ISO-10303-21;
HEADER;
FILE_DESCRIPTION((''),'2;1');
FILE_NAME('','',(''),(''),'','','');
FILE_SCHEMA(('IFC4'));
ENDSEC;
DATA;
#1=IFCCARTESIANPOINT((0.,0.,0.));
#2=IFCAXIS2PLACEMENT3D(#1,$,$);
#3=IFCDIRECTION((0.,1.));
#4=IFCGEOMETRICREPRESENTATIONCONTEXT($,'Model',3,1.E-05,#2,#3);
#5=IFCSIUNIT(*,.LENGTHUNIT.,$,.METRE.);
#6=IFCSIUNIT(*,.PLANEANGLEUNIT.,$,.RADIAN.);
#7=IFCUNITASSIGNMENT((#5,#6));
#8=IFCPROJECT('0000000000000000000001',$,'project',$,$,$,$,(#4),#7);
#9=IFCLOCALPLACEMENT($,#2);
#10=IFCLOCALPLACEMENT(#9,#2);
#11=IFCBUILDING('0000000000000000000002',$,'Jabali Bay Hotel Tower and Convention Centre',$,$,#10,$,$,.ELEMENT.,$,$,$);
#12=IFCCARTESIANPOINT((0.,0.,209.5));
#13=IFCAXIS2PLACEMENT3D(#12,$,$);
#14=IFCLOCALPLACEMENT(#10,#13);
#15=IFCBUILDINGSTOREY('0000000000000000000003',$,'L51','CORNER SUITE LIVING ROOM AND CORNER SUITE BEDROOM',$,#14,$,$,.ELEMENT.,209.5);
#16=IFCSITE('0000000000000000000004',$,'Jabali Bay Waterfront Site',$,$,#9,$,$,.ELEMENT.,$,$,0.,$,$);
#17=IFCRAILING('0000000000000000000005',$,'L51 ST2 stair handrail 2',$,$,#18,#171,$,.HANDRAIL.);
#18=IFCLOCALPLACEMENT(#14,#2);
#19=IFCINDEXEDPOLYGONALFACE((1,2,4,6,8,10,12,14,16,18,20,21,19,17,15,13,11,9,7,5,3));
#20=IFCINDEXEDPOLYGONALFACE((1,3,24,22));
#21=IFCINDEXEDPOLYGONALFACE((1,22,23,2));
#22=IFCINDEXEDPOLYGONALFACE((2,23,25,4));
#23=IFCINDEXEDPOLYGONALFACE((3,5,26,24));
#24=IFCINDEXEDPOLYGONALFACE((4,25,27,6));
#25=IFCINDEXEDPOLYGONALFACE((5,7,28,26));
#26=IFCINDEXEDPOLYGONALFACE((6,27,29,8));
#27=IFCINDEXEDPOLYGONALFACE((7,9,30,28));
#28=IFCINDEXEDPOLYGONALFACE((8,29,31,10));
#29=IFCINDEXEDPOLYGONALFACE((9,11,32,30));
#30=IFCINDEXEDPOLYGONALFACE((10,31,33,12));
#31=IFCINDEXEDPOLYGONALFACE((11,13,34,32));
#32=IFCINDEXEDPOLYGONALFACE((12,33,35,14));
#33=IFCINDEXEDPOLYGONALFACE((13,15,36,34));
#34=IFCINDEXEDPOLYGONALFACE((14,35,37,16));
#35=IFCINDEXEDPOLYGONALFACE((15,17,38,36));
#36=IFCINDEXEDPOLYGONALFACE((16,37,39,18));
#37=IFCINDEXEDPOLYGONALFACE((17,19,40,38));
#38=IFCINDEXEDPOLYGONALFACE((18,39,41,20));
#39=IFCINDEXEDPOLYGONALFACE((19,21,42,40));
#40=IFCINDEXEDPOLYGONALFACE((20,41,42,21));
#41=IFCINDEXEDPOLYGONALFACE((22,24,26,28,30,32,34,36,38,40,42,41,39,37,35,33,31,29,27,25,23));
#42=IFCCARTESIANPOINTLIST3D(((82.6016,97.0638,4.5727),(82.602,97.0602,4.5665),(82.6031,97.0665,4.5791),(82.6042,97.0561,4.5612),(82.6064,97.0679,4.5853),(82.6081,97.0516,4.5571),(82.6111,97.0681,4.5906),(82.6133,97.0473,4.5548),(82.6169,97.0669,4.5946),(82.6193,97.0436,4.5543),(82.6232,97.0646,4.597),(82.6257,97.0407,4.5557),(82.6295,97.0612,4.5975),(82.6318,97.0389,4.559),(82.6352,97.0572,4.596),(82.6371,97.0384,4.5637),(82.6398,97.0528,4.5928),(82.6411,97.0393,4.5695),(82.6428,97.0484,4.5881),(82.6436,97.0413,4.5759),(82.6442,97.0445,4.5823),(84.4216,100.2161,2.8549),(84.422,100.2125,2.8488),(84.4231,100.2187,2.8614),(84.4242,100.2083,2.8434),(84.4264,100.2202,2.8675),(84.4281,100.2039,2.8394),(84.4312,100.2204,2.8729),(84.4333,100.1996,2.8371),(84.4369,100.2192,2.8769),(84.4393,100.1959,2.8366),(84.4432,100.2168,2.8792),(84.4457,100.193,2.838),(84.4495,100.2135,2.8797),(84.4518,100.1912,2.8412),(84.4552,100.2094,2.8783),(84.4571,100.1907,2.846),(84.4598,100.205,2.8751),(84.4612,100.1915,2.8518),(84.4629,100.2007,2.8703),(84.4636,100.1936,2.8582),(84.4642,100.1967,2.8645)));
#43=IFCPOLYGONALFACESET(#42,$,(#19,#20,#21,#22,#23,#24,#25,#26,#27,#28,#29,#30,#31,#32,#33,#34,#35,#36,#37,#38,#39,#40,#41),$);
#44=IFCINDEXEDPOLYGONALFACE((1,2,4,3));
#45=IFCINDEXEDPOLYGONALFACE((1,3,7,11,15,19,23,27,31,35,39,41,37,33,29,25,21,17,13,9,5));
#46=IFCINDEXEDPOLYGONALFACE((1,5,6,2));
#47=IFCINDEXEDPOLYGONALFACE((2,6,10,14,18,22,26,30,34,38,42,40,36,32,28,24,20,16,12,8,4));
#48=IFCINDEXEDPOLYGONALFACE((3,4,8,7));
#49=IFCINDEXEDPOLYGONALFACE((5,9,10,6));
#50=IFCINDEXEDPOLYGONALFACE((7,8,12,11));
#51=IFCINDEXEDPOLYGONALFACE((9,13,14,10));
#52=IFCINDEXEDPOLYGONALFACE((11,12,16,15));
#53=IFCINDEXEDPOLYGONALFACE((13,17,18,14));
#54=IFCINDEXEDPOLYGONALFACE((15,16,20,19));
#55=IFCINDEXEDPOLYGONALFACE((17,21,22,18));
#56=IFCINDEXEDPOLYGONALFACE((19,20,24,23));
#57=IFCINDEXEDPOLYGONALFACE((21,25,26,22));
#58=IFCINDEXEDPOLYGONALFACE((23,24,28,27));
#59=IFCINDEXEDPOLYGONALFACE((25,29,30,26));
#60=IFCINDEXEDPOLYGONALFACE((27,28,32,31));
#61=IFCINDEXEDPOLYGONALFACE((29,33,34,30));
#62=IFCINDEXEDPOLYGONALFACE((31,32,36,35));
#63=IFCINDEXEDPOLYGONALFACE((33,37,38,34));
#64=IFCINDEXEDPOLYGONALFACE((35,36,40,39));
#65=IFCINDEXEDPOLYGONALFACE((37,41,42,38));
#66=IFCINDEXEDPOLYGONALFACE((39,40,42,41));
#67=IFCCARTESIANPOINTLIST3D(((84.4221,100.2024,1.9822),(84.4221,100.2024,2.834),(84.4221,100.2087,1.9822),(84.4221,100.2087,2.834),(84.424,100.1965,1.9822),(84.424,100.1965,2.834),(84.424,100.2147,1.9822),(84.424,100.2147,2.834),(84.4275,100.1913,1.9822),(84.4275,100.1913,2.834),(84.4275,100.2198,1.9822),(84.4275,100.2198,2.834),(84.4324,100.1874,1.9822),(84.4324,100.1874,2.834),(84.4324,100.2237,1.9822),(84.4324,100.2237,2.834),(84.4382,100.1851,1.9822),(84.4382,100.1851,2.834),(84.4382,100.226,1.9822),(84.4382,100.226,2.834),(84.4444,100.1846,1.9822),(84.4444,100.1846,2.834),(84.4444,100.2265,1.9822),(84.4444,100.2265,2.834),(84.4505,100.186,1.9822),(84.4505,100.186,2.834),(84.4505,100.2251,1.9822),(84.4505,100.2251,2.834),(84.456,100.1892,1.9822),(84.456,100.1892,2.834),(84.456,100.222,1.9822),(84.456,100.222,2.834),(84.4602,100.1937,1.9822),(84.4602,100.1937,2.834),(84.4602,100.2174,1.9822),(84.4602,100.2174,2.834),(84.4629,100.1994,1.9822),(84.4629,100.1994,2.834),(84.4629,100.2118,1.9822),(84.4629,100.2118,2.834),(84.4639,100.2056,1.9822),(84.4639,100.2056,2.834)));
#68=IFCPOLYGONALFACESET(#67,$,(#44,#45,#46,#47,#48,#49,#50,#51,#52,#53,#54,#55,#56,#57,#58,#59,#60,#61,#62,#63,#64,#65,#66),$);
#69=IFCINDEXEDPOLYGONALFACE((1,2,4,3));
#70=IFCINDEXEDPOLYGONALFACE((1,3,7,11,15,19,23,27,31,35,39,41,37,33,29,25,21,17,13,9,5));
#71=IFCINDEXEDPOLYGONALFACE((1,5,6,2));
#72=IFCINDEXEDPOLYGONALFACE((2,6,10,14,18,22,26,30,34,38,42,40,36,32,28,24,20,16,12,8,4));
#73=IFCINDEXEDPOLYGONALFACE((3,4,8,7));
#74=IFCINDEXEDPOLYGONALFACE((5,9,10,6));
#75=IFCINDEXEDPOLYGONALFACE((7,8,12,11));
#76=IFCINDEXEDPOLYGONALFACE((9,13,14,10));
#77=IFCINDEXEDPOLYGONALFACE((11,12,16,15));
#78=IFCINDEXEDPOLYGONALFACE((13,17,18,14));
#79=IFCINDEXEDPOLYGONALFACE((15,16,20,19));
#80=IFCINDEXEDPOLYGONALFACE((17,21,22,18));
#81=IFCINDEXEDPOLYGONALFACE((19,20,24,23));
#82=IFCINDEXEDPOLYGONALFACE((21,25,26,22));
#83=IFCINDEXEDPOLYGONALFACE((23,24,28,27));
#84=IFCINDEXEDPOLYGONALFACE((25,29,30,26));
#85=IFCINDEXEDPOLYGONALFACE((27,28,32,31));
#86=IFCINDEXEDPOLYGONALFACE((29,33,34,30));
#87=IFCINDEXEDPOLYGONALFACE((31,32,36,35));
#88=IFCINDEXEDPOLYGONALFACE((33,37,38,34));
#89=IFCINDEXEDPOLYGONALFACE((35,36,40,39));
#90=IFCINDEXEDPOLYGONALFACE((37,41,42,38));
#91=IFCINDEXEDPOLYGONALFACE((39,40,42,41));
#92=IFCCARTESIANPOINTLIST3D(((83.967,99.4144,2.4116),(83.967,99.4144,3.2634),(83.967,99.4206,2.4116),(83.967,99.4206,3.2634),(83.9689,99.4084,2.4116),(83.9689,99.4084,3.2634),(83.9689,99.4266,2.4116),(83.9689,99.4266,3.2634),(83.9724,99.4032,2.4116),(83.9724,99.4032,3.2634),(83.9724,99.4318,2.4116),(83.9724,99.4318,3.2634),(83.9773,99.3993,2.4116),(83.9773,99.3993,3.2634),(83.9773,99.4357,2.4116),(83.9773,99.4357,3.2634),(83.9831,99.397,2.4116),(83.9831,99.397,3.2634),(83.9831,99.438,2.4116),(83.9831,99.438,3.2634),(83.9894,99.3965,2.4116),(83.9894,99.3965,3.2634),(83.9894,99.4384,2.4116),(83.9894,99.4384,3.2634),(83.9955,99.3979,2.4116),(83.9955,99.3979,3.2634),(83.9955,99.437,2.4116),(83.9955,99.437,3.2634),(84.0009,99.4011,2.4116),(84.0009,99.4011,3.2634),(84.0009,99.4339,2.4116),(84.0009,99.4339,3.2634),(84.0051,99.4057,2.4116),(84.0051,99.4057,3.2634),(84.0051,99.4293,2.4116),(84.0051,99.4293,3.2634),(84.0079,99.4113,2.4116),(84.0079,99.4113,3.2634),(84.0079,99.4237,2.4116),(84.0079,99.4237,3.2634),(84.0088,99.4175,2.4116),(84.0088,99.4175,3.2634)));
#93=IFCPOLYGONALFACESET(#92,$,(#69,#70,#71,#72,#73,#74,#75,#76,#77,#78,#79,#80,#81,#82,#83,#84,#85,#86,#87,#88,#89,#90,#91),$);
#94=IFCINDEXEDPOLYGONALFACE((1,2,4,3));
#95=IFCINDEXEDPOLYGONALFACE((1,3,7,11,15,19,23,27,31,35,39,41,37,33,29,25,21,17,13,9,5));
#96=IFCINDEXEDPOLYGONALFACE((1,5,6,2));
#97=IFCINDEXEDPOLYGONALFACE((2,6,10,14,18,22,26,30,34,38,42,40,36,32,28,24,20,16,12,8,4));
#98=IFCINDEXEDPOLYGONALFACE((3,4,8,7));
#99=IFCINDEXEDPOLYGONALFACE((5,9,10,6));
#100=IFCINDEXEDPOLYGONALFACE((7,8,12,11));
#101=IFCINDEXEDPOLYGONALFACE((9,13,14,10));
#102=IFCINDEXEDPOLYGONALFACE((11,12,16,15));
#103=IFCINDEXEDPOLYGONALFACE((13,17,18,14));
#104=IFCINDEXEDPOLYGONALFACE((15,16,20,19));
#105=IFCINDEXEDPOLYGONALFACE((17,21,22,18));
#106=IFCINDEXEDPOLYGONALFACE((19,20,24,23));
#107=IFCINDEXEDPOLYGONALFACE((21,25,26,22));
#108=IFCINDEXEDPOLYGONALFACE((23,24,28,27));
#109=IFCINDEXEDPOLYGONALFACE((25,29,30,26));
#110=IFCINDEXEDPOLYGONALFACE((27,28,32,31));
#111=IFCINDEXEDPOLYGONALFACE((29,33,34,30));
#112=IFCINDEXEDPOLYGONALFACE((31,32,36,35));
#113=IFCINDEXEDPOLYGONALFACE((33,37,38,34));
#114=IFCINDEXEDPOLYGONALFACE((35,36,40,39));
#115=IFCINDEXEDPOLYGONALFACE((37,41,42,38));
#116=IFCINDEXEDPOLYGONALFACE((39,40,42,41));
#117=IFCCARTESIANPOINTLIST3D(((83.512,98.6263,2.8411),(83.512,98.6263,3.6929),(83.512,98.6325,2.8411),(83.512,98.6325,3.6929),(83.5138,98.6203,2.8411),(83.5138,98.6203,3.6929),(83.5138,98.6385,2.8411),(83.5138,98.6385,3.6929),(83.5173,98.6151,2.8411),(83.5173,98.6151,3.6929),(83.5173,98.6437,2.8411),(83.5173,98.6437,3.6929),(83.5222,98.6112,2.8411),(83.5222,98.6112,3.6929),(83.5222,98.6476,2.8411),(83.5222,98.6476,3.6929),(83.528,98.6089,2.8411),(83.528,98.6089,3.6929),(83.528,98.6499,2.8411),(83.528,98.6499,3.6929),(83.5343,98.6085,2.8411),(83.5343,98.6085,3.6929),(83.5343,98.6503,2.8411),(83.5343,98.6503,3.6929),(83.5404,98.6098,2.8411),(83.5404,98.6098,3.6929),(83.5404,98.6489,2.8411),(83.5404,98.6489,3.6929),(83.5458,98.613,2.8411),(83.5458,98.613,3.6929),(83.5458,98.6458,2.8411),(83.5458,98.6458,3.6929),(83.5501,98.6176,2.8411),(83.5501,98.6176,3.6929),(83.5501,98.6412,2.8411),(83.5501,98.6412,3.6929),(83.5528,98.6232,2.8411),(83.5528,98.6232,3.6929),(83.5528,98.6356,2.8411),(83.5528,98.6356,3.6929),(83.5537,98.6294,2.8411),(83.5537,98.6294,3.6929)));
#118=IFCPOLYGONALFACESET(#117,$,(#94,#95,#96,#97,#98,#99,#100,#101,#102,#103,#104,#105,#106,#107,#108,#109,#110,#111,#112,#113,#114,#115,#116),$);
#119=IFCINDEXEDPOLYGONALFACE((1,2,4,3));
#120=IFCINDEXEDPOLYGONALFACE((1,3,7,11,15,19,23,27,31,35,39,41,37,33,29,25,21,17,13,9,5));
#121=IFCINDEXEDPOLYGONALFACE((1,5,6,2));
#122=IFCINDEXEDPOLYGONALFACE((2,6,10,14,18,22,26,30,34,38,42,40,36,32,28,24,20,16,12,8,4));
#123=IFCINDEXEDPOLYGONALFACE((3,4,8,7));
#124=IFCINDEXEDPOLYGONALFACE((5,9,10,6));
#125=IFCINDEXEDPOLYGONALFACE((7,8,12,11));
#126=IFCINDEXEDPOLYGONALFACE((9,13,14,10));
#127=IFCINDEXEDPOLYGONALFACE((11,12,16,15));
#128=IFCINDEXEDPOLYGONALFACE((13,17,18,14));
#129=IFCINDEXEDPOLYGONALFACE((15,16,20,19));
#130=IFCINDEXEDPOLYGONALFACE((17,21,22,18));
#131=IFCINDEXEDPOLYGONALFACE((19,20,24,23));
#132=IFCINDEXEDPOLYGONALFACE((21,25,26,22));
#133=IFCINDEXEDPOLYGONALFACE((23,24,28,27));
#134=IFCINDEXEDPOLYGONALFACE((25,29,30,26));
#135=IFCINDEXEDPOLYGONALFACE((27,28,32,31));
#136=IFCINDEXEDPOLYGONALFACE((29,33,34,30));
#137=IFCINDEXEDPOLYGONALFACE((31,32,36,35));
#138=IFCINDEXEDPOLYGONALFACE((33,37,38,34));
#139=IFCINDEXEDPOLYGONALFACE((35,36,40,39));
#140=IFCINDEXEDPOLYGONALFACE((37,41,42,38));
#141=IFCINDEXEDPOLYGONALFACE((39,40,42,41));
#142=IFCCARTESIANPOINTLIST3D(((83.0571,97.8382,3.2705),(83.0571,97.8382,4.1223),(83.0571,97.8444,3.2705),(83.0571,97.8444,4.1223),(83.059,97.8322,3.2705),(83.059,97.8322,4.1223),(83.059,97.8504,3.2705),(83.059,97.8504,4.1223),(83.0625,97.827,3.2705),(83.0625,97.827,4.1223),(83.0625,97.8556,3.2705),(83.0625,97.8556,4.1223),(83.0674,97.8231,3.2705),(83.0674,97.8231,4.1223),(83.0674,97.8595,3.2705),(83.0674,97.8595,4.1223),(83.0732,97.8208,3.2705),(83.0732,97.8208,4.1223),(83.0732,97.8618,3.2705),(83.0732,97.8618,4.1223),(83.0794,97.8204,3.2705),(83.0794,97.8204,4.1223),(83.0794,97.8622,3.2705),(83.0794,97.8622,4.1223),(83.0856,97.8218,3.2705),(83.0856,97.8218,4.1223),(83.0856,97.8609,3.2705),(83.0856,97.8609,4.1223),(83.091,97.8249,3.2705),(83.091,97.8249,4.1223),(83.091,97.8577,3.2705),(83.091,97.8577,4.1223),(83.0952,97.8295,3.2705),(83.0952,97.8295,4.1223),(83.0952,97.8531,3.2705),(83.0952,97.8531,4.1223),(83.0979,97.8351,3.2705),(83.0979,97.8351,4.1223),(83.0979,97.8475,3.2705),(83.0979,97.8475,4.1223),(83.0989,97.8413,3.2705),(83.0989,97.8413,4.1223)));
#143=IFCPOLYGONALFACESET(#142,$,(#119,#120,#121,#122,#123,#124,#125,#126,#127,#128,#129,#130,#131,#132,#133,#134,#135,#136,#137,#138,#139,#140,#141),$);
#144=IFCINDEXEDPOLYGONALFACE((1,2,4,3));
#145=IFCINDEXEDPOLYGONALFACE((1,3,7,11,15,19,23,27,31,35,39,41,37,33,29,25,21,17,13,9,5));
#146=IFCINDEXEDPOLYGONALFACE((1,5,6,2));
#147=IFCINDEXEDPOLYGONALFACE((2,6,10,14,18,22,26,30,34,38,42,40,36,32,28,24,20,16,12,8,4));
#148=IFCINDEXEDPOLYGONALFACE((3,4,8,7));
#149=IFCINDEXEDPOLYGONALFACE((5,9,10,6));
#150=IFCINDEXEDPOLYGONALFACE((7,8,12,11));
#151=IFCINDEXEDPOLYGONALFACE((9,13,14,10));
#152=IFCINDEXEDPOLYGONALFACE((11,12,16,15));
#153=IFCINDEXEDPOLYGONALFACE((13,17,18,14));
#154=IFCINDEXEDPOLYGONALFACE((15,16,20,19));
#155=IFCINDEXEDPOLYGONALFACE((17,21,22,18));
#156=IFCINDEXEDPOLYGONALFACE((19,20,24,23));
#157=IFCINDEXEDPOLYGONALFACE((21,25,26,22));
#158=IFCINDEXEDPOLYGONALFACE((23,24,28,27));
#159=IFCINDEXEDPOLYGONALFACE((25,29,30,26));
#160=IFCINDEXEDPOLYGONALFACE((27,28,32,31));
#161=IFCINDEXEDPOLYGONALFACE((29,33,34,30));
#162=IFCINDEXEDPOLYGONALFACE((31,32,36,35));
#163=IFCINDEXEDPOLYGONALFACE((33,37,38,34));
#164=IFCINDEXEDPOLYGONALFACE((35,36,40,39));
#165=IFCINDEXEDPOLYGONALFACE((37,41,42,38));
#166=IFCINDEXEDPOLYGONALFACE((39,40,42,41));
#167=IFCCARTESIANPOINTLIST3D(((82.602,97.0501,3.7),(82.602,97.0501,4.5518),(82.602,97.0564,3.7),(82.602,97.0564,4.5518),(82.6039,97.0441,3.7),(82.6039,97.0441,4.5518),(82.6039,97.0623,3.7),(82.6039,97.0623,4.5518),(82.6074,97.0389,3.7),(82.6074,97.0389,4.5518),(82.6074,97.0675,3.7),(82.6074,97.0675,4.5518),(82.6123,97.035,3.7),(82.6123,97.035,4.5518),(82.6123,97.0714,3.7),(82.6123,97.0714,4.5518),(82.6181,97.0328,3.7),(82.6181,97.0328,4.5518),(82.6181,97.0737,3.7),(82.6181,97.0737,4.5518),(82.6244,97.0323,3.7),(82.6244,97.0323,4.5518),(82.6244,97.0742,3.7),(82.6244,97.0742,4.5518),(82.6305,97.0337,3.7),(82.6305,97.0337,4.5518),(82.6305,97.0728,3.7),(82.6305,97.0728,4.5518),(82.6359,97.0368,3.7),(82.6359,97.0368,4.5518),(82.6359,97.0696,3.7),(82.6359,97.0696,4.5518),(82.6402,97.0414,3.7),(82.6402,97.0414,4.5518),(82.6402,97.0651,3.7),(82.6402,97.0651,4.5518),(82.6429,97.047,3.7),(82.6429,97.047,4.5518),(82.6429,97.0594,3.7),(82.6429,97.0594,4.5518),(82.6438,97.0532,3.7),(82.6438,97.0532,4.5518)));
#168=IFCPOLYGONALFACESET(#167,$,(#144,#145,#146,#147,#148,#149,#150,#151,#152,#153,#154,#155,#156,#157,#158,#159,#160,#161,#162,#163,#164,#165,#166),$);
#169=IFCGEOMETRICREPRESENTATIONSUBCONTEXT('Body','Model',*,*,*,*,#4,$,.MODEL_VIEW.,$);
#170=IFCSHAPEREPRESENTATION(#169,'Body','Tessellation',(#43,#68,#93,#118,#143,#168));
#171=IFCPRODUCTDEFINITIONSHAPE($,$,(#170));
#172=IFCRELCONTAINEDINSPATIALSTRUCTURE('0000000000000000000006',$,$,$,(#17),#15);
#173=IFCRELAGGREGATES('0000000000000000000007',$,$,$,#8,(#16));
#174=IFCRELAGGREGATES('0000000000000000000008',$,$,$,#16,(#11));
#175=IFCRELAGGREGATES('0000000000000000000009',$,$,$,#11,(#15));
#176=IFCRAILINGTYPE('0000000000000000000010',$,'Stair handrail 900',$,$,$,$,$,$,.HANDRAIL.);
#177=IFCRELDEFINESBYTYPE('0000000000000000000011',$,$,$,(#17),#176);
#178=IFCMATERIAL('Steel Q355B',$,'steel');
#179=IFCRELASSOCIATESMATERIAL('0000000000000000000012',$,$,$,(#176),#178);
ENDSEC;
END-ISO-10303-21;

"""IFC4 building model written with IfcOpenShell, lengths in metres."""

from ifc_helpers import new_model, si_unit, direction, frame, origin, origin_2d, place, context, subcontext, project, spatial, circle, extrude, material, type_object, element, save


model = new_model("IFC4")

# Units and contexts
model_context = context("Model", 3, precision=1e-05, world=origin(), true_north=direction((0.0, 1.0)))
body_context = subcontext(model_context, "Body", "Model", "MODEL_VIEW")
ifc_project = project(units=[si_unit("LENGTHUNIT", "METRE"), si_unit("PLANEANGLEUNIT", "RADIAN")], contexts=[model_context])

# Site, building, storey
site_placement = place(None, origin())
site = spatial("IfcSite", under=ifc_project, at=site_placement, Name="Jabali Bay Waterfront Site", CompositionType="ELEMENT", RefElevation=0.0)
building_placement = place(site_placement, origin())
building = spatial("IfcBuilding", under=site, at=building_placement, Name="Jabali Bay Hotel Tower and Convention Centre", CompositionType="ELEMENT")
storey_placement = place(building_placement, frame((0.0, 0.0, 209.5)))
storey = spatial("IfcBuildingStorey", under=building, at=storey_placement, Name="L51", Description="CORNER SUITE LIVING ROOM AND CORNER SUITE BEDROOM", CompositionType="ELEMENT", Elevation=209.5)

# Railing
ifc_material_1 = material(Name="Steel Q355B", Category="steel")
railing_type_1 = type_object("IfcRailingType", Name="Stair handrail 900", PredefinedType="HANDRAIL", material=ifc_material_1)
railing_1_placement = place(storey_placement, frame((84.4429, 100.2056, 1.9822)))
element("IfcRailing", 1, at=railing_1_placement, inside=storey, type_object=railing_type_1, Name="L51 ST2 stair handrail 2", PredefinedType="HANDRAIL", context=body_context, shape_type="SweptSolid", body=[
    extrude(circle(Radius=0.0239, at=origin_2d()), frame((0.0, 0.0, 0.876), z_axis=(-0.45219, -0.78319, 0.426775), x_axis=(0.866018, -0.500013, 0.0)), (0.0, 0.0, 1.0), 4.0249),
    extrude(circle(Radius=0.021, at=origin_2d()), origin(), (0.0, 0.0, 1.0), 0.8518),
    extrude(circle(Radius=0.021, at=origin_2d()), frame((-0.4551, -0.7881, 0.4294)), (0.0, 0.0, 1.0), 0.8518),
    extrude(circle(Radius=0.021, at=origin_2d()), frame((-0.9102, -1.5762, 0.8589)), (0.0, 0.0, 1.0), 0.8518),
    extrude(circle(Radius=0.021, at=origin_2d()), frame((-1.365, -2.3643, 1.2883)), (0.0, 0.0, 1.0), 0.8518),
    extrude(circle(Radius=0.021, at=origin_2d()), frame((-1.8201, -3.1523, 1.7178)), (0.0, 0.0, 1.0), 0.8518),
])

save(model, "model.ifc")
